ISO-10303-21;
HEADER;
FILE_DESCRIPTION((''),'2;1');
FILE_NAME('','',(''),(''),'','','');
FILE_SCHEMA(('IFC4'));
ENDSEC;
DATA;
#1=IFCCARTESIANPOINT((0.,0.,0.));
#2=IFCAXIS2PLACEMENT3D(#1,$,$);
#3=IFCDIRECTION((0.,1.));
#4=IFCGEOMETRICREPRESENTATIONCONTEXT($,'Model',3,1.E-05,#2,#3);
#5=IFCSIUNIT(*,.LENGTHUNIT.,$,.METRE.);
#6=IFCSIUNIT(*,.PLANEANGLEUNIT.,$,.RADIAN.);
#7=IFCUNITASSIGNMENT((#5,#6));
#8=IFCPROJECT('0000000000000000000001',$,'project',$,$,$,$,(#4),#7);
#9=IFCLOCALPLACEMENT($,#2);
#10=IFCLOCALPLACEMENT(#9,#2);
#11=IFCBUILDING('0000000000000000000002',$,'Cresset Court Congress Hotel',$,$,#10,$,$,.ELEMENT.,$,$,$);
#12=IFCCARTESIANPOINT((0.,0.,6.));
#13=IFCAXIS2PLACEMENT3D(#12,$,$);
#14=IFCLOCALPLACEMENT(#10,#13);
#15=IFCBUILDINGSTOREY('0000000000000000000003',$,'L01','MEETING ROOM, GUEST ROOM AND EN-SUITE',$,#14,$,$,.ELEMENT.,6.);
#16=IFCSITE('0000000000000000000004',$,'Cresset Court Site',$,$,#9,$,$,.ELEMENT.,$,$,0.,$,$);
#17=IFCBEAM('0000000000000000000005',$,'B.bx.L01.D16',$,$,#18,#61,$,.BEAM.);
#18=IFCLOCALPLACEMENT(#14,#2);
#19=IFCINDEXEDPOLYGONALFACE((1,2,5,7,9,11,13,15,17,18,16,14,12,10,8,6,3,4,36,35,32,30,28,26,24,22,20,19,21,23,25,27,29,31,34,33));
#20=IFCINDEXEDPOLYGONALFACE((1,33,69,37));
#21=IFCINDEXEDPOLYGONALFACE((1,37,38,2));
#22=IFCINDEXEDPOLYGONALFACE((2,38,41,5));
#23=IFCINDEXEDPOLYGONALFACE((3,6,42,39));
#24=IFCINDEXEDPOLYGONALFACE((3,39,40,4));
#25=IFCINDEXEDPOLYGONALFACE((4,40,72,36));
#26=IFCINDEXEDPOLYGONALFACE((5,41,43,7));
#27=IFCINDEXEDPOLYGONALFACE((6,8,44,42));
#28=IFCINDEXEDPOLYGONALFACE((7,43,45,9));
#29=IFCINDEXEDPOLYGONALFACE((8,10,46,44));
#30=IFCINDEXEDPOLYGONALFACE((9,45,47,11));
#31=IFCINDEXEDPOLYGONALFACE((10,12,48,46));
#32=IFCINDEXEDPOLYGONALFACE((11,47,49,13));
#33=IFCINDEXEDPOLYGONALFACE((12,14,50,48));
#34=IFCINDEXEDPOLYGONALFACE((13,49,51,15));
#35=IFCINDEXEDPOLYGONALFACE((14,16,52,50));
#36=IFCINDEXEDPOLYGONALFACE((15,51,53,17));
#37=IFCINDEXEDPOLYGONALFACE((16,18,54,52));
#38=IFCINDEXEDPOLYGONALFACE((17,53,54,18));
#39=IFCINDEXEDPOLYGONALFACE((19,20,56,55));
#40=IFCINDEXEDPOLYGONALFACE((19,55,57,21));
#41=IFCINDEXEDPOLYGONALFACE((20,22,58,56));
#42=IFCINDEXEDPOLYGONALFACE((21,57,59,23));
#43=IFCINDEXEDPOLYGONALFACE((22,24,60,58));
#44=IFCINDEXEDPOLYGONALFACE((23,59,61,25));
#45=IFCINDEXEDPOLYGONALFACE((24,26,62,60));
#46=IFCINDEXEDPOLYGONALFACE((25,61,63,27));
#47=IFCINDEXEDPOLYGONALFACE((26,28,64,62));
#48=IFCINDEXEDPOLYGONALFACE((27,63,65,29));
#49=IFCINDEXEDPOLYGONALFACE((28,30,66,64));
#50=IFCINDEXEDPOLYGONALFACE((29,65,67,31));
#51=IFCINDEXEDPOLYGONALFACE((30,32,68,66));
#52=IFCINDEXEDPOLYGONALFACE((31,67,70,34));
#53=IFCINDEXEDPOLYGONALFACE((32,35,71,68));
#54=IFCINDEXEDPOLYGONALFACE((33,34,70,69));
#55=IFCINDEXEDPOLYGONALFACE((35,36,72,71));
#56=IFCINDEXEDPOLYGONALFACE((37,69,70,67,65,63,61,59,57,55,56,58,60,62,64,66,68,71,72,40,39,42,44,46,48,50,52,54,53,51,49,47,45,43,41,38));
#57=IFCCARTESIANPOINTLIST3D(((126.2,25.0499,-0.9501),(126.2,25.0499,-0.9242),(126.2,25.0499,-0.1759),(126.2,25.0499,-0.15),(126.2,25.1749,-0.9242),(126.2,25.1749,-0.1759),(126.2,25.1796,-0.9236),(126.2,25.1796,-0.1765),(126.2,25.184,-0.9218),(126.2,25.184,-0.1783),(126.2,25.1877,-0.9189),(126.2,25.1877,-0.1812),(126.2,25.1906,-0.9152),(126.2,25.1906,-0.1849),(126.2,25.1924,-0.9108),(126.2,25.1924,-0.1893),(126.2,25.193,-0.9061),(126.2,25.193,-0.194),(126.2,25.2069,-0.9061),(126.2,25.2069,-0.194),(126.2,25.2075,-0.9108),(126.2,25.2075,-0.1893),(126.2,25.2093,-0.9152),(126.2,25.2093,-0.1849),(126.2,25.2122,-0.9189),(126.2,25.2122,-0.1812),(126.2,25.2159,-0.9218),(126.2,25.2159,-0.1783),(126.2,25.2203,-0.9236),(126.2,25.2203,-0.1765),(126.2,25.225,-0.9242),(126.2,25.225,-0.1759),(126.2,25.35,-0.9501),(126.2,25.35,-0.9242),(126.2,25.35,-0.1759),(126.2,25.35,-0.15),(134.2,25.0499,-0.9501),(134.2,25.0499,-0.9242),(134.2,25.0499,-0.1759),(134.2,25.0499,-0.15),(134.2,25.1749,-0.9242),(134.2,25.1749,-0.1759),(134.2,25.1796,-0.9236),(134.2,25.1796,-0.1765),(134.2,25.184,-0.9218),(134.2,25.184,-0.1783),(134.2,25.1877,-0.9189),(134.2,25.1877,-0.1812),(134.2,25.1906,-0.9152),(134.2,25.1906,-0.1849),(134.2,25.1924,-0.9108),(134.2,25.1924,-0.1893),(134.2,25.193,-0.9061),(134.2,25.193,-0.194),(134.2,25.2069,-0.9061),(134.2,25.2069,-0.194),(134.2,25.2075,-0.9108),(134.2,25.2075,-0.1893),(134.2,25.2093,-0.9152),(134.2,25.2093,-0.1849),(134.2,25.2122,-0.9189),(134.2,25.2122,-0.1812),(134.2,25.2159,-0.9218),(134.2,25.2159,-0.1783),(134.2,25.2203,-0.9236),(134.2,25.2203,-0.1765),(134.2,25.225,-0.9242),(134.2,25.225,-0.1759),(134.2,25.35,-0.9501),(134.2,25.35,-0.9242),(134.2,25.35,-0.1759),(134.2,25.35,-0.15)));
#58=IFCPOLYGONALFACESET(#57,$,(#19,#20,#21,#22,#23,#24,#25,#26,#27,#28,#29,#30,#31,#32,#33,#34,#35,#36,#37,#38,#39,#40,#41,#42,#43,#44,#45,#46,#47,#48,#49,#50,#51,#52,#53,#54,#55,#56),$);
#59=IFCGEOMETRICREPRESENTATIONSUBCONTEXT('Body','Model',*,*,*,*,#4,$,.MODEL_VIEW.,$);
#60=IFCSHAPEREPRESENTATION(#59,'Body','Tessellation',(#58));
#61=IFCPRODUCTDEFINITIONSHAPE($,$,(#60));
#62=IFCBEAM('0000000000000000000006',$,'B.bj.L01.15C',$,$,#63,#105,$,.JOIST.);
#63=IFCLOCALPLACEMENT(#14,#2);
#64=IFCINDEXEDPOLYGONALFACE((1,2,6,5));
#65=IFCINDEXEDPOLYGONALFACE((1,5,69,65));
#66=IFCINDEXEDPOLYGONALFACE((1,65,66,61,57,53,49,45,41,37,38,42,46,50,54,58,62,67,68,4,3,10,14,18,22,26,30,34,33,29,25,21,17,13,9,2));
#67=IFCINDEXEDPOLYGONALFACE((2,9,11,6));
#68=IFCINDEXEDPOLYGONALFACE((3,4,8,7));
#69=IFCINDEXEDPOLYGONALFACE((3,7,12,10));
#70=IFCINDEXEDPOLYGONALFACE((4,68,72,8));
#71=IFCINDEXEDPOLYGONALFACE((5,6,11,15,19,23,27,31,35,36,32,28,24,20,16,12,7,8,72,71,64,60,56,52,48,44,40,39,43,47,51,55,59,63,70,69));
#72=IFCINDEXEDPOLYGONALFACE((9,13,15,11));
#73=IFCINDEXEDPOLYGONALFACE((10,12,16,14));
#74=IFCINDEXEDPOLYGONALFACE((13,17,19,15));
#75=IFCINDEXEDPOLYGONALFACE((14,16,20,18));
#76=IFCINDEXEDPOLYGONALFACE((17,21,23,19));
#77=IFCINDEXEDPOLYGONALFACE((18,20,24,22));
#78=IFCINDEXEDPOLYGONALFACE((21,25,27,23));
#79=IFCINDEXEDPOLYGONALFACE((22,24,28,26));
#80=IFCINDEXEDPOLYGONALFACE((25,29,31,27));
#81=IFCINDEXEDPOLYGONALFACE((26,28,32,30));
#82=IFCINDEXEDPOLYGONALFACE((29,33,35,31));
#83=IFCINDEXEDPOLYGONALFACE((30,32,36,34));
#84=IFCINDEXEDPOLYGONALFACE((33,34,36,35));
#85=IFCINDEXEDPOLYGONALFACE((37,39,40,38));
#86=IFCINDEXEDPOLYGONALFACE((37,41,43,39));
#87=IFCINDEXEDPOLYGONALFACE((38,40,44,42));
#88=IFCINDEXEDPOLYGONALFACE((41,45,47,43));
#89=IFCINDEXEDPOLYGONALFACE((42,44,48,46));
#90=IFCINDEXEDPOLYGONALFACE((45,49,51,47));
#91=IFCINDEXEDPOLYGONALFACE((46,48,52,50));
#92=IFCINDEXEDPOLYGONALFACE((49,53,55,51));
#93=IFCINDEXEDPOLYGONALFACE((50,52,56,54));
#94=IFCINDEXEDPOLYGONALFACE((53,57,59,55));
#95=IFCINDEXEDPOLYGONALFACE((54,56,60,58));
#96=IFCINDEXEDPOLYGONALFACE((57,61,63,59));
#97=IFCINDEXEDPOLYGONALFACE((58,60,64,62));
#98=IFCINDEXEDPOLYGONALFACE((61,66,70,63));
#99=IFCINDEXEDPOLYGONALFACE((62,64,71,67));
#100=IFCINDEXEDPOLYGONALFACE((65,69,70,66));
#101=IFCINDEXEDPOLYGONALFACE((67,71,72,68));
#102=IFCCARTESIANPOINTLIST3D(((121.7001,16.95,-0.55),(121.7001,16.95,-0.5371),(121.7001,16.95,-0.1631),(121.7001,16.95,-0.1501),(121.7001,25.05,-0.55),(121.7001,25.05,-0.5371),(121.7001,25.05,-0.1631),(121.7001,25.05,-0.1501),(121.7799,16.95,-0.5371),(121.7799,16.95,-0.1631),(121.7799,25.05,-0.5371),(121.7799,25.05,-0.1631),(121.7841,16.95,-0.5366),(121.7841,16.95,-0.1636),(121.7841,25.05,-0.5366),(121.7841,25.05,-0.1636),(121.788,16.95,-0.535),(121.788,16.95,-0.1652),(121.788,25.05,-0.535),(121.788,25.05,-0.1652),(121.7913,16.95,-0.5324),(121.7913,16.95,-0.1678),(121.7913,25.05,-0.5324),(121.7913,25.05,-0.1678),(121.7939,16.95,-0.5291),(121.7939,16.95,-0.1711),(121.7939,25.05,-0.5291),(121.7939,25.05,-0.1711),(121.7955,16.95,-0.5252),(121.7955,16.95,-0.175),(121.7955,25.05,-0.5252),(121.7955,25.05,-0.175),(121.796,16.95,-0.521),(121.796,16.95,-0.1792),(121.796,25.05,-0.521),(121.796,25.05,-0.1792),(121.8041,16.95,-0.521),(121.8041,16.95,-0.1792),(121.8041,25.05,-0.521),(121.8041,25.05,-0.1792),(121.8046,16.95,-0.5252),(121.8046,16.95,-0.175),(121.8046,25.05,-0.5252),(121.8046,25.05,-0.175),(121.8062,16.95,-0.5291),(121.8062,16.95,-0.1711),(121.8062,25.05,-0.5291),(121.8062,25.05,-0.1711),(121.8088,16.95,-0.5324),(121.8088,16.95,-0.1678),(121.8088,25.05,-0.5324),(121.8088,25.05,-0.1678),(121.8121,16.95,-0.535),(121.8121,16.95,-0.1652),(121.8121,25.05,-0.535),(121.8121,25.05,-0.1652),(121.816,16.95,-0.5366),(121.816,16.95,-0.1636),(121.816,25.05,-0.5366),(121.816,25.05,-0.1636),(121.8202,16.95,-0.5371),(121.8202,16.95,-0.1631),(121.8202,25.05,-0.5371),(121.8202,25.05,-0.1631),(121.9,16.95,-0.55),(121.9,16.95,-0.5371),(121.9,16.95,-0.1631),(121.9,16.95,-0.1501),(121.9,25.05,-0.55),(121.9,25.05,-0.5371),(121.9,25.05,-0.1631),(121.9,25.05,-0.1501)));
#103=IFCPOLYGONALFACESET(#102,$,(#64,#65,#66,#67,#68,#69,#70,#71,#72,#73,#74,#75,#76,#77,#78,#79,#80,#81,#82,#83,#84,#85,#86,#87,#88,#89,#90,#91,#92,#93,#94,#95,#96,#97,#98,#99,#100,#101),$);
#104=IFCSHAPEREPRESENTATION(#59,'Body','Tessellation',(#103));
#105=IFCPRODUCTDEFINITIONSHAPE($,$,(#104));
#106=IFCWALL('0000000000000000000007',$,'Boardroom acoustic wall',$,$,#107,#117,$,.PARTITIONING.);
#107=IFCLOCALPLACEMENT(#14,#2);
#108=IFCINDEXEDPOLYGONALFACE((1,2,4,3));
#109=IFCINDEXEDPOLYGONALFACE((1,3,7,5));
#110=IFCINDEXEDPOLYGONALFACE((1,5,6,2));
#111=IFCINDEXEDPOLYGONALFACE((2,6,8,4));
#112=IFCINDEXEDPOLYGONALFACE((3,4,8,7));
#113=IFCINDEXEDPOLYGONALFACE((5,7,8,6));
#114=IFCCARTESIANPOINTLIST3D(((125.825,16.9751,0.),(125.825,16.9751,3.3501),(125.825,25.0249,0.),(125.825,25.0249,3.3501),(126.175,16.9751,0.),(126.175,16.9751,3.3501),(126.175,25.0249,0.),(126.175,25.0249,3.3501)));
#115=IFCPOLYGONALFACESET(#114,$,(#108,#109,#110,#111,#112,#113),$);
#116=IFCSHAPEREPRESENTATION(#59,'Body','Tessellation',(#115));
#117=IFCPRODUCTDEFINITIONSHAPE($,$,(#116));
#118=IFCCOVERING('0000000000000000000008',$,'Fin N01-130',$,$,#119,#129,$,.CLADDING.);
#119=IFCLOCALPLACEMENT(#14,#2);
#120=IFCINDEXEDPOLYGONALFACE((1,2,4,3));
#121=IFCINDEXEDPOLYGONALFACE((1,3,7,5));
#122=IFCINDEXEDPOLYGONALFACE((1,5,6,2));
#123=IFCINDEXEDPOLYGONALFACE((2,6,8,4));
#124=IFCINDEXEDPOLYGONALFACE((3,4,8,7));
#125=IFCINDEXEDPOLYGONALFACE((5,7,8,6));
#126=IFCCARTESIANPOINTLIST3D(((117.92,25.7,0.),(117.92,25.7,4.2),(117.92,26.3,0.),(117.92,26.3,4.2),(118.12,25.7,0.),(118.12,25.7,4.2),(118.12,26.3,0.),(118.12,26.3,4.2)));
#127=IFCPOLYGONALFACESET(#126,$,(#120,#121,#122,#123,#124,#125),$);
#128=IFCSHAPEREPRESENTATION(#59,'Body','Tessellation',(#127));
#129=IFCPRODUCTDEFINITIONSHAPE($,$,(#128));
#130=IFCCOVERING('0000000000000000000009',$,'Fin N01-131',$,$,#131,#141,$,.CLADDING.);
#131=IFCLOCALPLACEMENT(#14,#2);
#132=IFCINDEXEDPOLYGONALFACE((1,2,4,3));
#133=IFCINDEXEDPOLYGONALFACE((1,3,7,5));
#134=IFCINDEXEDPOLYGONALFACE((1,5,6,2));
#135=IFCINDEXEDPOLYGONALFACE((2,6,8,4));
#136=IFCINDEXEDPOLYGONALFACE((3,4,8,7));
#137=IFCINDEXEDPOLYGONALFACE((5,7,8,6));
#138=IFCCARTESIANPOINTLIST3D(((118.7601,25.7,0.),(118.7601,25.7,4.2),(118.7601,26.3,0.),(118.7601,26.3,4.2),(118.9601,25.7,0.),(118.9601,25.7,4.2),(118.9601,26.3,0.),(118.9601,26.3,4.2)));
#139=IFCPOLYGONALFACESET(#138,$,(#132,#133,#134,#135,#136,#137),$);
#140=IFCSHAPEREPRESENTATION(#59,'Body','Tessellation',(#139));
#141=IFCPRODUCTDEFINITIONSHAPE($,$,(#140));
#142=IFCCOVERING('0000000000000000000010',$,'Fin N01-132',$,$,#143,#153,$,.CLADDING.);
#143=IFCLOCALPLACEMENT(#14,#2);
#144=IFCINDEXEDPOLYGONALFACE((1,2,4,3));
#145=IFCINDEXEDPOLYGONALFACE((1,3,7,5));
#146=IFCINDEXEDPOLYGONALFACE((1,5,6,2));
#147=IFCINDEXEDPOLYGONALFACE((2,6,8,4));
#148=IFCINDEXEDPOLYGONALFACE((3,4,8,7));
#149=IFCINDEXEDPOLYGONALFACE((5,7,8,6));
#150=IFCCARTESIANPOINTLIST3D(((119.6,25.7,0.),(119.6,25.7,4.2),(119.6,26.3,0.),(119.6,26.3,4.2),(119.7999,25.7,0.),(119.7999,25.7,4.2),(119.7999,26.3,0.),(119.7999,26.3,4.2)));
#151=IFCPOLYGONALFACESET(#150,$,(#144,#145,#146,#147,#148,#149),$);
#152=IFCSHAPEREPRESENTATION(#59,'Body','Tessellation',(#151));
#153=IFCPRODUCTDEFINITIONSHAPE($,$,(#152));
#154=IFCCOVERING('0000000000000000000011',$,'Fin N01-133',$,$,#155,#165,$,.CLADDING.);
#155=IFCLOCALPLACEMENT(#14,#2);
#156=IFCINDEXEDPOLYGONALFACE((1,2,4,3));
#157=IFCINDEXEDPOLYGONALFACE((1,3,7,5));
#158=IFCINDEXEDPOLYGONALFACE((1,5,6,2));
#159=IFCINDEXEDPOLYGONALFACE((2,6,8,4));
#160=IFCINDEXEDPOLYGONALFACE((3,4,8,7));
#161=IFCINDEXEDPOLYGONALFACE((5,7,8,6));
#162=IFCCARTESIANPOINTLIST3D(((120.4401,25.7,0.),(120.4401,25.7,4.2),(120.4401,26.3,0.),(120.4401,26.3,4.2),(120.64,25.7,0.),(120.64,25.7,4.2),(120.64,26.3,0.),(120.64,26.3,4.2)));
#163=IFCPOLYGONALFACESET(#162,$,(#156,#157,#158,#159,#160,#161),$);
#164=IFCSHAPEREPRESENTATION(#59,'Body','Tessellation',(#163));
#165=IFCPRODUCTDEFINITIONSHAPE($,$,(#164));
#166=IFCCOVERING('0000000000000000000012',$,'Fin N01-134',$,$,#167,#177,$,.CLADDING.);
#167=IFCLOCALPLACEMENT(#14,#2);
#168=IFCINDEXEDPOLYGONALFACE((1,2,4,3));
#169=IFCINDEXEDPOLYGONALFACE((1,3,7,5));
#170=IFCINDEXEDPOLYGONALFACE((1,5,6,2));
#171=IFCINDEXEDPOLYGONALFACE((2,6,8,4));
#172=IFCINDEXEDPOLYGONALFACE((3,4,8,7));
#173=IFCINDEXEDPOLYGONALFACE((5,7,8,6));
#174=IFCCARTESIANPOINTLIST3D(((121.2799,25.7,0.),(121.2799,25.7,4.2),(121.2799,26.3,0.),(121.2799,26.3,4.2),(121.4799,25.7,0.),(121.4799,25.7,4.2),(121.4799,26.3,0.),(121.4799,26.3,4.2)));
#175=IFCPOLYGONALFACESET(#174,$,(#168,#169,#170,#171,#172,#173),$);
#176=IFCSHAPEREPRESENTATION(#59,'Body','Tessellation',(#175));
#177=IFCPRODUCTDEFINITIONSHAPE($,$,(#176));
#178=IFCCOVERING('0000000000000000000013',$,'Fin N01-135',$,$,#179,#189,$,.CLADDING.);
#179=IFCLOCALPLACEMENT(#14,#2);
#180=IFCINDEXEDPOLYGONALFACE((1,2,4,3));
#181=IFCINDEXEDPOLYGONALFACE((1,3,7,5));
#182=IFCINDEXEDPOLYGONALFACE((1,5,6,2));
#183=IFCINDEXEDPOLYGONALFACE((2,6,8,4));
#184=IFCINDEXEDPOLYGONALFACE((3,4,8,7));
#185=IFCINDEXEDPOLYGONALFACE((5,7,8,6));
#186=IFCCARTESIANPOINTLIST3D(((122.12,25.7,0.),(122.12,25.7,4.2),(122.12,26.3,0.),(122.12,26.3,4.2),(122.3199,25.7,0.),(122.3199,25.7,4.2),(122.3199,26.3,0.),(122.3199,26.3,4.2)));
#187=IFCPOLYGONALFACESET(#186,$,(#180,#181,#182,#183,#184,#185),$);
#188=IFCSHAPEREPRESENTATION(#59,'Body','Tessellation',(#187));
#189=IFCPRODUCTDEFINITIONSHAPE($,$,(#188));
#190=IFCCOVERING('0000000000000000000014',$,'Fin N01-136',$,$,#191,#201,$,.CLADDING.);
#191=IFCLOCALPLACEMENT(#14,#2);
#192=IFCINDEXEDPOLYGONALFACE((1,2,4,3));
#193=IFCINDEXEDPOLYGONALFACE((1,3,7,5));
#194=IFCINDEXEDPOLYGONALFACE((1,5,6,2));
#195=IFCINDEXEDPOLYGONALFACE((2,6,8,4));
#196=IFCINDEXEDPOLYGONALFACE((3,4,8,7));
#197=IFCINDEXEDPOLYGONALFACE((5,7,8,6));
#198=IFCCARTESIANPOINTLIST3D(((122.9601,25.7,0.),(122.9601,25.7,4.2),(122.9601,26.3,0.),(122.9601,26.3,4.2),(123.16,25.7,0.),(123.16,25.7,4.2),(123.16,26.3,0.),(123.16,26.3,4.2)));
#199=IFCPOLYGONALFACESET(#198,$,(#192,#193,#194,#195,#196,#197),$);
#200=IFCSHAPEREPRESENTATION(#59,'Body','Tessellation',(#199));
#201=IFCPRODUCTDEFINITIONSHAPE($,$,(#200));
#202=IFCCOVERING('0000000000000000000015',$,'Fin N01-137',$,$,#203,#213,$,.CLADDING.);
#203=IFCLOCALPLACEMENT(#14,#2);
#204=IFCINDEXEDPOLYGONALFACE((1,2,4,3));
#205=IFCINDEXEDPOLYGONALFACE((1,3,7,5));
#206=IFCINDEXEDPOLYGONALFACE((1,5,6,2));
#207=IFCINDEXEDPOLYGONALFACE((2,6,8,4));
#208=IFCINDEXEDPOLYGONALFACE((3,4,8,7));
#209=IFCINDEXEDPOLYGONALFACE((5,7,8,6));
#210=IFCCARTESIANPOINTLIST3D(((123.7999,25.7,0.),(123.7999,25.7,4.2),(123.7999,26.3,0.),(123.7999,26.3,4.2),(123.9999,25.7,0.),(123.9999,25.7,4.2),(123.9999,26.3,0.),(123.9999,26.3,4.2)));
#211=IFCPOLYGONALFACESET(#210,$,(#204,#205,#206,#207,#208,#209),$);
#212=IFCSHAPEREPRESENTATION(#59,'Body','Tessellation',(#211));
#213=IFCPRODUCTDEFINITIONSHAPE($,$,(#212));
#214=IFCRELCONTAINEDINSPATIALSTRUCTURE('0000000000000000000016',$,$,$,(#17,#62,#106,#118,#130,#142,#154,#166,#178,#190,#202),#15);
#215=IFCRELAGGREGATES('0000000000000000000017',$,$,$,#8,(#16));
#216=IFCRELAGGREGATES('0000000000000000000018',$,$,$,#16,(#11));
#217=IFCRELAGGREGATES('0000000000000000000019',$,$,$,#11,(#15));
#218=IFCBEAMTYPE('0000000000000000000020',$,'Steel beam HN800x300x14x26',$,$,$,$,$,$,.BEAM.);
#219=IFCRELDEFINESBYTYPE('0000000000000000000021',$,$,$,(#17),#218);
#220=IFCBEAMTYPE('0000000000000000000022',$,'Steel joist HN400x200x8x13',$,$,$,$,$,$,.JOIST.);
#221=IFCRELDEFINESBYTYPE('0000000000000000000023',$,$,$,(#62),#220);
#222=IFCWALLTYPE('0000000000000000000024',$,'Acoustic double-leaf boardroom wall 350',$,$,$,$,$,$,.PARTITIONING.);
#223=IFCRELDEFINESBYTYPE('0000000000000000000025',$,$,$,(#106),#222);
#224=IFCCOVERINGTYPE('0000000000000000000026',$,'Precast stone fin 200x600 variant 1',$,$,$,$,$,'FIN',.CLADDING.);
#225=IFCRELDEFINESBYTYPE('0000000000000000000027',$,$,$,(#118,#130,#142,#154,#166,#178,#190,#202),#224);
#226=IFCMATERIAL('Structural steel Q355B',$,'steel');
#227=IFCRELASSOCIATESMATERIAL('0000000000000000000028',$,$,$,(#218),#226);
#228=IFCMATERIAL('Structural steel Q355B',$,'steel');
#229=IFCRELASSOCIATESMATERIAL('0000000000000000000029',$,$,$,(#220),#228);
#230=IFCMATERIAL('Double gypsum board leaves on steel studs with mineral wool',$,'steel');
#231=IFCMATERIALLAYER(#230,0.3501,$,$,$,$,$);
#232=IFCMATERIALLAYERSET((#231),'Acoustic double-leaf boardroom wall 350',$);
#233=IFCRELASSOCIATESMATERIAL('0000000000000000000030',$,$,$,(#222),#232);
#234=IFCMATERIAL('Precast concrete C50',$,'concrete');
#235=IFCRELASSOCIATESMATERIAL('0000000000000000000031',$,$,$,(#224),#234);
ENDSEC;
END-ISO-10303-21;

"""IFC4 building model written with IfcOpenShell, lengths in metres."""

from ifc_helpers import new_model, si_unit, direction, frame, frame_2d, origin, origin_2d, place, context, subcontext, project, spatial, rectangle, i_section, extrude, material, layer, layer_set, material_profile, profile_set, type_object, element, save


model = new_model("IFC4")

# Units and contexts
model_context = context("Model", 3, precision=1e-05, world=origin(), true_north=direction((0.0, 1.0)))
body_context = subcontext(model_context, "Body", "Model", "MODEL_VIEW")
ifc_project = project(units=[si_unit("LENGTHUNIT", "METRE"), si_unit("PLANEANGLEUNIT", "RADIAN")], contexts=[model_context])

# Site, building, storey
site_placement = place(None, origin())
site = spatial("IfcSite", under=ifc_project, at=site_placement, Name="Cresset Court Site", CompositionType="ELEMENT", RefElevation=0.0)
building_placement = place(site_placement, origin())
building = spatial("IfcBuilding", under=site, at=building_placement, Name="Cresset Court Congress Hotel", CompositionType="ELEMENT")
storey_placement = place(building_placement, frame((0.0, 0.0, 6.0)))
storey = spatial("IfcBuildingStorey", under=building, at=storey_placement, Name="L01", Description="MEETING ROOM, GUEST ROOM AND EN-SUITE", CompositionType="ELEMENT", Elevation=6.0)

# Beams
ifc_material_1 = material(Name="Structural steel Q355B", Category="steel")
ifc_material_profile_1 = material_profile(ifc_material_1, i_section(OverallWidth=0.3, OverallDepth=0.8, WebThickness=0.0139, FlangeThickness=0.0259, FilletRadius=0.0181, at=origin_2d()), Name="HN800x300x14x26")
ifc_profile_set_1 = profile_set([ifc_material_profile_1], Name="Structural steel Q355B")
beam_type_1 = type_object("IfcBeamType", Name="Steel beam HN800x300x14x26", PredefinedType="BEAM", material=ifc_profile_set_1)
for number, where, z_axis, x_axis, name in (
    (1, (126.2, 25.2, -0.55), (1.0, 0.0, 0.0), (0.0, 1.0, 0.0), "B.bx.L01.D16"),
):
    element("IfcBeam", number, at=place(storey_placement, frame(where, z_axis=z_axis, x_axis=x_axis)), inside=storey, type_object=beam_type_1, Name=name, PredefinedType="BEAM", context=body_context, shape_type="SweptSolid", body=[
        extrude(i_section(OverallWidth=0.3, OverallDepth=0.8, WebThickness=0.0139, FlangeThickness=0.0259, FilletRadius=0.0181, at=origin_2d()), origin(), (0.0, 0.0, 1.0), 8.0),
    ])
ifc_material_2 = material(Name="Structural steel Q355B", Category="steel")
ifc_material_profile_2 = material_profile(ifc_material_2, i_section(OverallWidth=0.2, OverallDepth=0.3999, WebThickness=0.0081, FlangeThickness=0.0129, FilletRadius=0.0161, at=origin_2d()), Name="HN400x200x8x13")
ifc_profile_set_2 = profile_set([ifc_material_profile_2], Name="Structural steel Q355B")
beam_type_2 = type_object("IfcBeamType", Name="Steel joist HN400x200x8x13", PredefinedType="JOIST", material=ifc_profile_set_2)
beam_1_placement = place(storey_placement, frame((121.8, 16.95, -0.3501), z_axis=(0.0, 1.0, 0.0), x_axis=(-1.0, 0.0, 0.0)))
element("IfcBeam", 2, at=beam_1_placement, inside=storey, type_object=beam_type_2, Name="B.bj.L01.15C", PredefinedType="JOIST", context=body_context, shape_type="SweptSolid", body=[
    extrude(i_section(OverallWidth=0.2, OverallDepth=0.3999, WebThickness=0.0081, FlangeThickness=0.0129, FilletRadius=0.0161, at=origin_2d()), origin(), (0.0, 0.0, 1.0), 8.1001),
])

# Wall
ifc_material_3 = material(Name="Double gypsum board leaves on steel studs with mineral wool", Category="steel")
ifc_layer = layer(ifc_material_3, 0.3501)
ifc_layer_set = layer_set([ifc_layer], Name="Acoustic double-leaf boardroom wall 350")
wall_type = type_object("IfcWallType", Name="Acoustic double-leaf boardroom wall 350", PredefinedType="PARTITIONING", material=ifc_layer_set)
wall_placement = place(storey_placement, frame((126.0, 16.9751, 0.0), z_axis=(0.0, 0.0, 1.0), x_axis=(0.0, 1.0, 0.0)))
element("IfcWall", 3, at=wall_placement, inside=storey, type_object=wall_type, Name="Boardroom acoustic wall", PredefinedType="PARTITIONING", context=body_context, shape_type="SweptSolid", body=[
    extrude(rectangle(XDim=8.0498, YDim=0.3501, at=frame_2d((4.0249, 0.0))), origin(), (0.0, 0.0, 1.0), 3.3501),
])

# Coverings
ifc_material_4 = material(Name="Precast concrete C50", Category="concrete")
covering_type_1 = type_object("IfcCoveringType", Name="Precast stone fin 200x600 variant 1", ElementType="FIN", PredefinedType="CLADDING", material=ifc_material_4)
for number, where, z_axis, x_axis, name in (
    (4, (118.02, 26.0, 0.0), (0.0, 0.0, 1.0), (1.0, 0.0, 0.0), "Fin N01-130"),
    (5, (118.8601, 26.0, 0.0), (0.0, 0.0, 1.0), (1.0, 0.0, 0.0), "Fin N01-131"),
    (6, (119.7, 26.0, 0.0), (0.0, 0.0, 1.0), (1.0, 0.0, 0.0), "Fin N01-132"),
    (7, (120.54, 26.0, 0.0), (0.0, 0.0, 1.0), (1.0, 0.0, 0.0), "Fin N01-133"),
    (8, (121.3799, 26.0, 0.0), (0.0, 0.0, 1.0), (1.0, 0.0, 0.0), "Fin N01-134"),
    (9, (122.22, 26.0, 0.0), (0.0, 0.0, 1.0), (1.0, 0.0, 0.0), "Fin N01-135"),
    (10, (123.0601, 26.0, 0.0), (0.0, 0.0, 1.0), (1.0, 0.0, 0.0), "Fin N01-136"),
    (11, (123.8999, 26.0, 0.0), (0.0, 0.0, 1.0), (1.0, 0.0, 0.0), "Fin N01-137"),
):
    element("IfcCovering", number, at=place(storey_placement, frame(where, z_axis=z_axis, x_axis=x_axis)), inside=storey, type_object=covering_type_1, Name=name, PredefinedType="CLADDING", context=body_context, shape_type="SweptSolid", body=[
        extrude(rectangle(XDim=0.2, YDim=0.6001, at=origin_2d()), origin(), (0.0, 0.0, 1.0), 4.2),
    ])

save(model, "model.ifc")
